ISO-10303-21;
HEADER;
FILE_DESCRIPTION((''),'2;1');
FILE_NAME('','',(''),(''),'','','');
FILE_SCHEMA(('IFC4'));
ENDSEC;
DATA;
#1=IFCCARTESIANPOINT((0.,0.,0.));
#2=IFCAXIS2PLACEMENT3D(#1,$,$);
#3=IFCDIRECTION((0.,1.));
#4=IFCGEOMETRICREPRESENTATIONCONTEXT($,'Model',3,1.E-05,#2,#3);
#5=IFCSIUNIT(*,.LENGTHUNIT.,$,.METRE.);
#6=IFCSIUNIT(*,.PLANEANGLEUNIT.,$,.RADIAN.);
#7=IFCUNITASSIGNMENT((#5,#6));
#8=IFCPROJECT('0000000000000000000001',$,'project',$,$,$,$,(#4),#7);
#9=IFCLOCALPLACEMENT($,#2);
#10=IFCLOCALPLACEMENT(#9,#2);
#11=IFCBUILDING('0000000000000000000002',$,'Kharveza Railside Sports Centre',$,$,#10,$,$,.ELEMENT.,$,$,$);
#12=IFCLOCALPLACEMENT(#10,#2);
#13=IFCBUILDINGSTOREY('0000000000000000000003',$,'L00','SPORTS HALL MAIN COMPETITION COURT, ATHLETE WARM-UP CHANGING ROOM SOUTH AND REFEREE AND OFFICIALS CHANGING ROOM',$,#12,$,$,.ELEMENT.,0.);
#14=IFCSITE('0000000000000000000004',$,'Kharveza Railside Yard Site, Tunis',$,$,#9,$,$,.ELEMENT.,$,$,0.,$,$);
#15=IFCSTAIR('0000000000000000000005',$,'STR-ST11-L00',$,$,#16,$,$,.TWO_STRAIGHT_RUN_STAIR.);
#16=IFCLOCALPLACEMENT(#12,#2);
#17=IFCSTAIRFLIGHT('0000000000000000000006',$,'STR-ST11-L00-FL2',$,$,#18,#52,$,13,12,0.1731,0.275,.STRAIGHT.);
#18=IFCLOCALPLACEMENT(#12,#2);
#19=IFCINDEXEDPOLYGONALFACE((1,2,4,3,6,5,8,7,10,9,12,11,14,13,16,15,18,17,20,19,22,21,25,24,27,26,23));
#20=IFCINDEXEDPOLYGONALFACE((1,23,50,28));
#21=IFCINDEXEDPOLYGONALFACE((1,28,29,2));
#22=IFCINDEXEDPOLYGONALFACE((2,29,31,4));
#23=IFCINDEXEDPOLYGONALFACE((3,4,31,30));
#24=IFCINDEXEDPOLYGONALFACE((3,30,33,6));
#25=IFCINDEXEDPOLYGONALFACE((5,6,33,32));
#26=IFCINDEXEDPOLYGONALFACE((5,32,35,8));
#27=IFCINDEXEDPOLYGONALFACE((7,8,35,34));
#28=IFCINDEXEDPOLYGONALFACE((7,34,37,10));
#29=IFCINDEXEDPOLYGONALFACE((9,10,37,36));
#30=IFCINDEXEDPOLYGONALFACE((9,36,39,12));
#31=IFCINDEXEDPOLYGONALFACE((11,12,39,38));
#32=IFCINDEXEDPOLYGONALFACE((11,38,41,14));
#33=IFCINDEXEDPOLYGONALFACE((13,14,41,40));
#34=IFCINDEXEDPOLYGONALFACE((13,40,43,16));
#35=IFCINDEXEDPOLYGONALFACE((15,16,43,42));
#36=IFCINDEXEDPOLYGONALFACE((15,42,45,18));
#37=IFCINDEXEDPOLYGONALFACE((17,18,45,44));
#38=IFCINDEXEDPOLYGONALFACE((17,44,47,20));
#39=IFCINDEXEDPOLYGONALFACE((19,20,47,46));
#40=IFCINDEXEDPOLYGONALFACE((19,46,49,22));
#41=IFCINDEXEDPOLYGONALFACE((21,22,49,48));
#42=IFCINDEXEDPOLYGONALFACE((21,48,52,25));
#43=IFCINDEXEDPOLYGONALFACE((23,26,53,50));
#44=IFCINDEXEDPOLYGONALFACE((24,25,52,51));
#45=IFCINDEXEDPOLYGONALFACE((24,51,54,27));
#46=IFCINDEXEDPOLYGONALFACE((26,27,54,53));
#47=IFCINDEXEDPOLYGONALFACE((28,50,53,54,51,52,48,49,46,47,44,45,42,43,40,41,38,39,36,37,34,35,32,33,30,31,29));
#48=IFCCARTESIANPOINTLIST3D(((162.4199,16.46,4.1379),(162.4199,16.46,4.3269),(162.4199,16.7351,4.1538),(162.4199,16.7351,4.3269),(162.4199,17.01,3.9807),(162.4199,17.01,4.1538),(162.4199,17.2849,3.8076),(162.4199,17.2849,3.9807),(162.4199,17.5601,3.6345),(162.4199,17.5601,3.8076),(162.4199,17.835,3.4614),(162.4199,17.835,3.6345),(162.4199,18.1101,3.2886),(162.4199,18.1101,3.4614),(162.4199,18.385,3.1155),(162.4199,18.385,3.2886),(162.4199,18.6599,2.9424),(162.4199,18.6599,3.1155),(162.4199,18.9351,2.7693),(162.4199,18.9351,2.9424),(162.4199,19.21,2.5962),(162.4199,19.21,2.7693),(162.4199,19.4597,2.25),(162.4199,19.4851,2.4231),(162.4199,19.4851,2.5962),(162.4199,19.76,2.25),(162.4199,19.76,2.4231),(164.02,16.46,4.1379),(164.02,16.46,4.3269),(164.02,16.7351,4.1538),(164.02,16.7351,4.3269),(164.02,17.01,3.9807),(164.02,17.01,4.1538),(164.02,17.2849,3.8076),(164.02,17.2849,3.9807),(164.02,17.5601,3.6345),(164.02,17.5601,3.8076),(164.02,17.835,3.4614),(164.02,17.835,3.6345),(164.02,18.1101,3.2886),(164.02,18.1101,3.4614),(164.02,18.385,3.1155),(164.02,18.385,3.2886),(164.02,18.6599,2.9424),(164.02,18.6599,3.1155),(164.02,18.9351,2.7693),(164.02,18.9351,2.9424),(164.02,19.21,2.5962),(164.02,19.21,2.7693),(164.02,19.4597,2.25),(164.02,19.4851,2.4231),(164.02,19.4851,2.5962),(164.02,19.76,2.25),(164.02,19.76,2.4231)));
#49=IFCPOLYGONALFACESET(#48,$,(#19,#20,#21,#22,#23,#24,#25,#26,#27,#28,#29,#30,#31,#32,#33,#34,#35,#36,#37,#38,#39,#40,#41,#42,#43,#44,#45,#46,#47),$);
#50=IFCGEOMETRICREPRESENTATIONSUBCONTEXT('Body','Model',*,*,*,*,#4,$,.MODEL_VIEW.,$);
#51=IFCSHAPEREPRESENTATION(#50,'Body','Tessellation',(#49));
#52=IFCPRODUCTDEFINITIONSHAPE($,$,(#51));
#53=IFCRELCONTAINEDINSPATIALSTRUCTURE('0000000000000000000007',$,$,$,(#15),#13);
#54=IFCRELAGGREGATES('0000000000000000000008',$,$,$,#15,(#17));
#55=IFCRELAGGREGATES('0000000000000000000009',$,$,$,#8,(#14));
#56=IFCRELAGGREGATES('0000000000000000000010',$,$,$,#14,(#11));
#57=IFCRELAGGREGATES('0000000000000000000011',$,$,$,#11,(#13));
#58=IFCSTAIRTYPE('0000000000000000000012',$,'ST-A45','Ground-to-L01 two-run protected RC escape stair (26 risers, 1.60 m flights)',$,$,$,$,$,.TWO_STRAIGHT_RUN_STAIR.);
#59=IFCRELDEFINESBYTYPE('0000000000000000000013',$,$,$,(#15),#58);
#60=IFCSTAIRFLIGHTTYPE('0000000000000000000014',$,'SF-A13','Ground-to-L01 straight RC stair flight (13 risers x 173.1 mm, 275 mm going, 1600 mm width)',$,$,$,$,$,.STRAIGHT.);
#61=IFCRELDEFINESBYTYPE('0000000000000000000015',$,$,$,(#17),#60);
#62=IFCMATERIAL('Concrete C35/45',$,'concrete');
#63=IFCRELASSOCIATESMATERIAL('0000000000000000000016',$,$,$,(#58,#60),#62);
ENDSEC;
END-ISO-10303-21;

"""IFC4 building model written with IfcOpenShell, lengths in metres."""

from ifc_helpers import new_model, si_unit, direction, frame, origin, place, context, subcontext, project, spatial, polyline, outline, extrude, material, type_object, element, aggregate, save


model = new_model("IFC4")

# Units and contexts
model_context = context("Model", 3, precision=1e-05, world=origin(), true_north=direction((0.0, 1.0)))
body_context = subcontext(model_context, "Body", "Model", "MODEL_VIEW")
ifc_project = project(units=[si_unit("LENGTHUNIT", "METRE"), si_unit("PLANEANGLEUNIT", "RADIAN")], contexts=[model_context])

# Site, building, storey
site_placement = place(None, origin())
site = spatial("IfcSite", under=ifc_project, at=site_placement, Name="Kharveza Railside Yard Site, Tunis", CompositionType="ELEMENT", RefElevation=0.0)
building_placement = place(site_placement, origin())
building = spatial("IfcBuilding", under=site, at=building_placement, Name="Kharveza Railside Sports Centre", CompositionType="ELEMENT")
storey_placement = place(building_placement, origin())
storey = spatial("IfcBuildingStorey", under=building, at=storey_placement, Name="L00", Description="SPORTS HALL MAIN COMPETITION COURT, ATHLETE WARM-UP CHANGING ROOM SOUTH AND REFEREE AND OFFICIALS CHANGING ROOM", CompositionType="ELEMENT", Elevation=0.0)

# Shared definitions
ifc_material_1 = material(Name="Concrete C35/45", Category="concrete")

# Stair, stair flight
stair_type = type_object("IfcStairType", Name="ST-A45", Description="Ground-to-L01 two-run protected RC escape stair (26 risers, 1.60 m flights)", PredefinedType="TWO_STRAIGHT_RUN_STAIR", material=ifc_material_1)
stair_placement = place(storey_placement, origin())
stair = element("IfcStair", 1, at=stair_placement, inside=storey, type_object=stair_type, Name="STR-ST11-L00", PredefinedType="TWO_STRAIGHT_RUN_STAIR")
stair_flight_type = type_object("IfcStairFlightType", Name="SF-A13", Description="Ground-to-L01 straight RC stair flight (13 risers x 173.1 mm, 275 mm going, 1600 mm width)", PredefinedType="STRAIGHT", material=ifc_material_1)
stair_flight_placement = place(storey_placement, frame((163.22, 19.76, 2.25), z_axis=(0.0, 0.0, 1.0), x_axis=(0.0, -1.0, 0.0)))
stair_flight = element("IfcStairFlight", 2, at=stair_flight_placement, type_object=stair_flight_type, Name="STR-ST11-L00-FL2", NumberOfRisers=13, NumberOfTreads=12, PredefinedType="STRAIGHT", RiserHeight=0.1731, TreadLength=0.275, context=body_context, shape_type="SweptSolid", body=[
    extrude(outline(polyline([(0.0, 0.0), (0.0, 0.1731), (0.2749, 0.1731), (0.2749, 0.3462), (0.55, 0.3462), (0.55, 0.5193), (0.825, 0.5193), (0.825, 0.6924), (1.1001, 0.6924), (1.1001, 0.8655), (1.375, 0.8655), (1.375, 1.0386), (1.6499, 1.0386), (1.6499, 1.2114), (1.925, 1.2114), (1.925, 1.3845), (2.2, 1.3845), (2.2, 1.5576), (2.4751, 1.5576), (2.4751, 1.7307), (2.75, 1.7307), (2.75, 1.9038), (3.0249, 1.9038), (3.0249, 2.0769), (3.3, 2.0769), (3.3, 2.25), (3.3, 1.8879), (0.3003, 0.0), (0.0, 0.0)])), frame((0.0, 0.8, 0.0), z_axis=(0.0, -1.0, 0.0), x_axis=(1.0, 0.0, 0.0)), (0.0, 0.0, 1.0), 1.6001),
])
aggregate(stair, [stair_flight])

save(model, "model.ifc")
